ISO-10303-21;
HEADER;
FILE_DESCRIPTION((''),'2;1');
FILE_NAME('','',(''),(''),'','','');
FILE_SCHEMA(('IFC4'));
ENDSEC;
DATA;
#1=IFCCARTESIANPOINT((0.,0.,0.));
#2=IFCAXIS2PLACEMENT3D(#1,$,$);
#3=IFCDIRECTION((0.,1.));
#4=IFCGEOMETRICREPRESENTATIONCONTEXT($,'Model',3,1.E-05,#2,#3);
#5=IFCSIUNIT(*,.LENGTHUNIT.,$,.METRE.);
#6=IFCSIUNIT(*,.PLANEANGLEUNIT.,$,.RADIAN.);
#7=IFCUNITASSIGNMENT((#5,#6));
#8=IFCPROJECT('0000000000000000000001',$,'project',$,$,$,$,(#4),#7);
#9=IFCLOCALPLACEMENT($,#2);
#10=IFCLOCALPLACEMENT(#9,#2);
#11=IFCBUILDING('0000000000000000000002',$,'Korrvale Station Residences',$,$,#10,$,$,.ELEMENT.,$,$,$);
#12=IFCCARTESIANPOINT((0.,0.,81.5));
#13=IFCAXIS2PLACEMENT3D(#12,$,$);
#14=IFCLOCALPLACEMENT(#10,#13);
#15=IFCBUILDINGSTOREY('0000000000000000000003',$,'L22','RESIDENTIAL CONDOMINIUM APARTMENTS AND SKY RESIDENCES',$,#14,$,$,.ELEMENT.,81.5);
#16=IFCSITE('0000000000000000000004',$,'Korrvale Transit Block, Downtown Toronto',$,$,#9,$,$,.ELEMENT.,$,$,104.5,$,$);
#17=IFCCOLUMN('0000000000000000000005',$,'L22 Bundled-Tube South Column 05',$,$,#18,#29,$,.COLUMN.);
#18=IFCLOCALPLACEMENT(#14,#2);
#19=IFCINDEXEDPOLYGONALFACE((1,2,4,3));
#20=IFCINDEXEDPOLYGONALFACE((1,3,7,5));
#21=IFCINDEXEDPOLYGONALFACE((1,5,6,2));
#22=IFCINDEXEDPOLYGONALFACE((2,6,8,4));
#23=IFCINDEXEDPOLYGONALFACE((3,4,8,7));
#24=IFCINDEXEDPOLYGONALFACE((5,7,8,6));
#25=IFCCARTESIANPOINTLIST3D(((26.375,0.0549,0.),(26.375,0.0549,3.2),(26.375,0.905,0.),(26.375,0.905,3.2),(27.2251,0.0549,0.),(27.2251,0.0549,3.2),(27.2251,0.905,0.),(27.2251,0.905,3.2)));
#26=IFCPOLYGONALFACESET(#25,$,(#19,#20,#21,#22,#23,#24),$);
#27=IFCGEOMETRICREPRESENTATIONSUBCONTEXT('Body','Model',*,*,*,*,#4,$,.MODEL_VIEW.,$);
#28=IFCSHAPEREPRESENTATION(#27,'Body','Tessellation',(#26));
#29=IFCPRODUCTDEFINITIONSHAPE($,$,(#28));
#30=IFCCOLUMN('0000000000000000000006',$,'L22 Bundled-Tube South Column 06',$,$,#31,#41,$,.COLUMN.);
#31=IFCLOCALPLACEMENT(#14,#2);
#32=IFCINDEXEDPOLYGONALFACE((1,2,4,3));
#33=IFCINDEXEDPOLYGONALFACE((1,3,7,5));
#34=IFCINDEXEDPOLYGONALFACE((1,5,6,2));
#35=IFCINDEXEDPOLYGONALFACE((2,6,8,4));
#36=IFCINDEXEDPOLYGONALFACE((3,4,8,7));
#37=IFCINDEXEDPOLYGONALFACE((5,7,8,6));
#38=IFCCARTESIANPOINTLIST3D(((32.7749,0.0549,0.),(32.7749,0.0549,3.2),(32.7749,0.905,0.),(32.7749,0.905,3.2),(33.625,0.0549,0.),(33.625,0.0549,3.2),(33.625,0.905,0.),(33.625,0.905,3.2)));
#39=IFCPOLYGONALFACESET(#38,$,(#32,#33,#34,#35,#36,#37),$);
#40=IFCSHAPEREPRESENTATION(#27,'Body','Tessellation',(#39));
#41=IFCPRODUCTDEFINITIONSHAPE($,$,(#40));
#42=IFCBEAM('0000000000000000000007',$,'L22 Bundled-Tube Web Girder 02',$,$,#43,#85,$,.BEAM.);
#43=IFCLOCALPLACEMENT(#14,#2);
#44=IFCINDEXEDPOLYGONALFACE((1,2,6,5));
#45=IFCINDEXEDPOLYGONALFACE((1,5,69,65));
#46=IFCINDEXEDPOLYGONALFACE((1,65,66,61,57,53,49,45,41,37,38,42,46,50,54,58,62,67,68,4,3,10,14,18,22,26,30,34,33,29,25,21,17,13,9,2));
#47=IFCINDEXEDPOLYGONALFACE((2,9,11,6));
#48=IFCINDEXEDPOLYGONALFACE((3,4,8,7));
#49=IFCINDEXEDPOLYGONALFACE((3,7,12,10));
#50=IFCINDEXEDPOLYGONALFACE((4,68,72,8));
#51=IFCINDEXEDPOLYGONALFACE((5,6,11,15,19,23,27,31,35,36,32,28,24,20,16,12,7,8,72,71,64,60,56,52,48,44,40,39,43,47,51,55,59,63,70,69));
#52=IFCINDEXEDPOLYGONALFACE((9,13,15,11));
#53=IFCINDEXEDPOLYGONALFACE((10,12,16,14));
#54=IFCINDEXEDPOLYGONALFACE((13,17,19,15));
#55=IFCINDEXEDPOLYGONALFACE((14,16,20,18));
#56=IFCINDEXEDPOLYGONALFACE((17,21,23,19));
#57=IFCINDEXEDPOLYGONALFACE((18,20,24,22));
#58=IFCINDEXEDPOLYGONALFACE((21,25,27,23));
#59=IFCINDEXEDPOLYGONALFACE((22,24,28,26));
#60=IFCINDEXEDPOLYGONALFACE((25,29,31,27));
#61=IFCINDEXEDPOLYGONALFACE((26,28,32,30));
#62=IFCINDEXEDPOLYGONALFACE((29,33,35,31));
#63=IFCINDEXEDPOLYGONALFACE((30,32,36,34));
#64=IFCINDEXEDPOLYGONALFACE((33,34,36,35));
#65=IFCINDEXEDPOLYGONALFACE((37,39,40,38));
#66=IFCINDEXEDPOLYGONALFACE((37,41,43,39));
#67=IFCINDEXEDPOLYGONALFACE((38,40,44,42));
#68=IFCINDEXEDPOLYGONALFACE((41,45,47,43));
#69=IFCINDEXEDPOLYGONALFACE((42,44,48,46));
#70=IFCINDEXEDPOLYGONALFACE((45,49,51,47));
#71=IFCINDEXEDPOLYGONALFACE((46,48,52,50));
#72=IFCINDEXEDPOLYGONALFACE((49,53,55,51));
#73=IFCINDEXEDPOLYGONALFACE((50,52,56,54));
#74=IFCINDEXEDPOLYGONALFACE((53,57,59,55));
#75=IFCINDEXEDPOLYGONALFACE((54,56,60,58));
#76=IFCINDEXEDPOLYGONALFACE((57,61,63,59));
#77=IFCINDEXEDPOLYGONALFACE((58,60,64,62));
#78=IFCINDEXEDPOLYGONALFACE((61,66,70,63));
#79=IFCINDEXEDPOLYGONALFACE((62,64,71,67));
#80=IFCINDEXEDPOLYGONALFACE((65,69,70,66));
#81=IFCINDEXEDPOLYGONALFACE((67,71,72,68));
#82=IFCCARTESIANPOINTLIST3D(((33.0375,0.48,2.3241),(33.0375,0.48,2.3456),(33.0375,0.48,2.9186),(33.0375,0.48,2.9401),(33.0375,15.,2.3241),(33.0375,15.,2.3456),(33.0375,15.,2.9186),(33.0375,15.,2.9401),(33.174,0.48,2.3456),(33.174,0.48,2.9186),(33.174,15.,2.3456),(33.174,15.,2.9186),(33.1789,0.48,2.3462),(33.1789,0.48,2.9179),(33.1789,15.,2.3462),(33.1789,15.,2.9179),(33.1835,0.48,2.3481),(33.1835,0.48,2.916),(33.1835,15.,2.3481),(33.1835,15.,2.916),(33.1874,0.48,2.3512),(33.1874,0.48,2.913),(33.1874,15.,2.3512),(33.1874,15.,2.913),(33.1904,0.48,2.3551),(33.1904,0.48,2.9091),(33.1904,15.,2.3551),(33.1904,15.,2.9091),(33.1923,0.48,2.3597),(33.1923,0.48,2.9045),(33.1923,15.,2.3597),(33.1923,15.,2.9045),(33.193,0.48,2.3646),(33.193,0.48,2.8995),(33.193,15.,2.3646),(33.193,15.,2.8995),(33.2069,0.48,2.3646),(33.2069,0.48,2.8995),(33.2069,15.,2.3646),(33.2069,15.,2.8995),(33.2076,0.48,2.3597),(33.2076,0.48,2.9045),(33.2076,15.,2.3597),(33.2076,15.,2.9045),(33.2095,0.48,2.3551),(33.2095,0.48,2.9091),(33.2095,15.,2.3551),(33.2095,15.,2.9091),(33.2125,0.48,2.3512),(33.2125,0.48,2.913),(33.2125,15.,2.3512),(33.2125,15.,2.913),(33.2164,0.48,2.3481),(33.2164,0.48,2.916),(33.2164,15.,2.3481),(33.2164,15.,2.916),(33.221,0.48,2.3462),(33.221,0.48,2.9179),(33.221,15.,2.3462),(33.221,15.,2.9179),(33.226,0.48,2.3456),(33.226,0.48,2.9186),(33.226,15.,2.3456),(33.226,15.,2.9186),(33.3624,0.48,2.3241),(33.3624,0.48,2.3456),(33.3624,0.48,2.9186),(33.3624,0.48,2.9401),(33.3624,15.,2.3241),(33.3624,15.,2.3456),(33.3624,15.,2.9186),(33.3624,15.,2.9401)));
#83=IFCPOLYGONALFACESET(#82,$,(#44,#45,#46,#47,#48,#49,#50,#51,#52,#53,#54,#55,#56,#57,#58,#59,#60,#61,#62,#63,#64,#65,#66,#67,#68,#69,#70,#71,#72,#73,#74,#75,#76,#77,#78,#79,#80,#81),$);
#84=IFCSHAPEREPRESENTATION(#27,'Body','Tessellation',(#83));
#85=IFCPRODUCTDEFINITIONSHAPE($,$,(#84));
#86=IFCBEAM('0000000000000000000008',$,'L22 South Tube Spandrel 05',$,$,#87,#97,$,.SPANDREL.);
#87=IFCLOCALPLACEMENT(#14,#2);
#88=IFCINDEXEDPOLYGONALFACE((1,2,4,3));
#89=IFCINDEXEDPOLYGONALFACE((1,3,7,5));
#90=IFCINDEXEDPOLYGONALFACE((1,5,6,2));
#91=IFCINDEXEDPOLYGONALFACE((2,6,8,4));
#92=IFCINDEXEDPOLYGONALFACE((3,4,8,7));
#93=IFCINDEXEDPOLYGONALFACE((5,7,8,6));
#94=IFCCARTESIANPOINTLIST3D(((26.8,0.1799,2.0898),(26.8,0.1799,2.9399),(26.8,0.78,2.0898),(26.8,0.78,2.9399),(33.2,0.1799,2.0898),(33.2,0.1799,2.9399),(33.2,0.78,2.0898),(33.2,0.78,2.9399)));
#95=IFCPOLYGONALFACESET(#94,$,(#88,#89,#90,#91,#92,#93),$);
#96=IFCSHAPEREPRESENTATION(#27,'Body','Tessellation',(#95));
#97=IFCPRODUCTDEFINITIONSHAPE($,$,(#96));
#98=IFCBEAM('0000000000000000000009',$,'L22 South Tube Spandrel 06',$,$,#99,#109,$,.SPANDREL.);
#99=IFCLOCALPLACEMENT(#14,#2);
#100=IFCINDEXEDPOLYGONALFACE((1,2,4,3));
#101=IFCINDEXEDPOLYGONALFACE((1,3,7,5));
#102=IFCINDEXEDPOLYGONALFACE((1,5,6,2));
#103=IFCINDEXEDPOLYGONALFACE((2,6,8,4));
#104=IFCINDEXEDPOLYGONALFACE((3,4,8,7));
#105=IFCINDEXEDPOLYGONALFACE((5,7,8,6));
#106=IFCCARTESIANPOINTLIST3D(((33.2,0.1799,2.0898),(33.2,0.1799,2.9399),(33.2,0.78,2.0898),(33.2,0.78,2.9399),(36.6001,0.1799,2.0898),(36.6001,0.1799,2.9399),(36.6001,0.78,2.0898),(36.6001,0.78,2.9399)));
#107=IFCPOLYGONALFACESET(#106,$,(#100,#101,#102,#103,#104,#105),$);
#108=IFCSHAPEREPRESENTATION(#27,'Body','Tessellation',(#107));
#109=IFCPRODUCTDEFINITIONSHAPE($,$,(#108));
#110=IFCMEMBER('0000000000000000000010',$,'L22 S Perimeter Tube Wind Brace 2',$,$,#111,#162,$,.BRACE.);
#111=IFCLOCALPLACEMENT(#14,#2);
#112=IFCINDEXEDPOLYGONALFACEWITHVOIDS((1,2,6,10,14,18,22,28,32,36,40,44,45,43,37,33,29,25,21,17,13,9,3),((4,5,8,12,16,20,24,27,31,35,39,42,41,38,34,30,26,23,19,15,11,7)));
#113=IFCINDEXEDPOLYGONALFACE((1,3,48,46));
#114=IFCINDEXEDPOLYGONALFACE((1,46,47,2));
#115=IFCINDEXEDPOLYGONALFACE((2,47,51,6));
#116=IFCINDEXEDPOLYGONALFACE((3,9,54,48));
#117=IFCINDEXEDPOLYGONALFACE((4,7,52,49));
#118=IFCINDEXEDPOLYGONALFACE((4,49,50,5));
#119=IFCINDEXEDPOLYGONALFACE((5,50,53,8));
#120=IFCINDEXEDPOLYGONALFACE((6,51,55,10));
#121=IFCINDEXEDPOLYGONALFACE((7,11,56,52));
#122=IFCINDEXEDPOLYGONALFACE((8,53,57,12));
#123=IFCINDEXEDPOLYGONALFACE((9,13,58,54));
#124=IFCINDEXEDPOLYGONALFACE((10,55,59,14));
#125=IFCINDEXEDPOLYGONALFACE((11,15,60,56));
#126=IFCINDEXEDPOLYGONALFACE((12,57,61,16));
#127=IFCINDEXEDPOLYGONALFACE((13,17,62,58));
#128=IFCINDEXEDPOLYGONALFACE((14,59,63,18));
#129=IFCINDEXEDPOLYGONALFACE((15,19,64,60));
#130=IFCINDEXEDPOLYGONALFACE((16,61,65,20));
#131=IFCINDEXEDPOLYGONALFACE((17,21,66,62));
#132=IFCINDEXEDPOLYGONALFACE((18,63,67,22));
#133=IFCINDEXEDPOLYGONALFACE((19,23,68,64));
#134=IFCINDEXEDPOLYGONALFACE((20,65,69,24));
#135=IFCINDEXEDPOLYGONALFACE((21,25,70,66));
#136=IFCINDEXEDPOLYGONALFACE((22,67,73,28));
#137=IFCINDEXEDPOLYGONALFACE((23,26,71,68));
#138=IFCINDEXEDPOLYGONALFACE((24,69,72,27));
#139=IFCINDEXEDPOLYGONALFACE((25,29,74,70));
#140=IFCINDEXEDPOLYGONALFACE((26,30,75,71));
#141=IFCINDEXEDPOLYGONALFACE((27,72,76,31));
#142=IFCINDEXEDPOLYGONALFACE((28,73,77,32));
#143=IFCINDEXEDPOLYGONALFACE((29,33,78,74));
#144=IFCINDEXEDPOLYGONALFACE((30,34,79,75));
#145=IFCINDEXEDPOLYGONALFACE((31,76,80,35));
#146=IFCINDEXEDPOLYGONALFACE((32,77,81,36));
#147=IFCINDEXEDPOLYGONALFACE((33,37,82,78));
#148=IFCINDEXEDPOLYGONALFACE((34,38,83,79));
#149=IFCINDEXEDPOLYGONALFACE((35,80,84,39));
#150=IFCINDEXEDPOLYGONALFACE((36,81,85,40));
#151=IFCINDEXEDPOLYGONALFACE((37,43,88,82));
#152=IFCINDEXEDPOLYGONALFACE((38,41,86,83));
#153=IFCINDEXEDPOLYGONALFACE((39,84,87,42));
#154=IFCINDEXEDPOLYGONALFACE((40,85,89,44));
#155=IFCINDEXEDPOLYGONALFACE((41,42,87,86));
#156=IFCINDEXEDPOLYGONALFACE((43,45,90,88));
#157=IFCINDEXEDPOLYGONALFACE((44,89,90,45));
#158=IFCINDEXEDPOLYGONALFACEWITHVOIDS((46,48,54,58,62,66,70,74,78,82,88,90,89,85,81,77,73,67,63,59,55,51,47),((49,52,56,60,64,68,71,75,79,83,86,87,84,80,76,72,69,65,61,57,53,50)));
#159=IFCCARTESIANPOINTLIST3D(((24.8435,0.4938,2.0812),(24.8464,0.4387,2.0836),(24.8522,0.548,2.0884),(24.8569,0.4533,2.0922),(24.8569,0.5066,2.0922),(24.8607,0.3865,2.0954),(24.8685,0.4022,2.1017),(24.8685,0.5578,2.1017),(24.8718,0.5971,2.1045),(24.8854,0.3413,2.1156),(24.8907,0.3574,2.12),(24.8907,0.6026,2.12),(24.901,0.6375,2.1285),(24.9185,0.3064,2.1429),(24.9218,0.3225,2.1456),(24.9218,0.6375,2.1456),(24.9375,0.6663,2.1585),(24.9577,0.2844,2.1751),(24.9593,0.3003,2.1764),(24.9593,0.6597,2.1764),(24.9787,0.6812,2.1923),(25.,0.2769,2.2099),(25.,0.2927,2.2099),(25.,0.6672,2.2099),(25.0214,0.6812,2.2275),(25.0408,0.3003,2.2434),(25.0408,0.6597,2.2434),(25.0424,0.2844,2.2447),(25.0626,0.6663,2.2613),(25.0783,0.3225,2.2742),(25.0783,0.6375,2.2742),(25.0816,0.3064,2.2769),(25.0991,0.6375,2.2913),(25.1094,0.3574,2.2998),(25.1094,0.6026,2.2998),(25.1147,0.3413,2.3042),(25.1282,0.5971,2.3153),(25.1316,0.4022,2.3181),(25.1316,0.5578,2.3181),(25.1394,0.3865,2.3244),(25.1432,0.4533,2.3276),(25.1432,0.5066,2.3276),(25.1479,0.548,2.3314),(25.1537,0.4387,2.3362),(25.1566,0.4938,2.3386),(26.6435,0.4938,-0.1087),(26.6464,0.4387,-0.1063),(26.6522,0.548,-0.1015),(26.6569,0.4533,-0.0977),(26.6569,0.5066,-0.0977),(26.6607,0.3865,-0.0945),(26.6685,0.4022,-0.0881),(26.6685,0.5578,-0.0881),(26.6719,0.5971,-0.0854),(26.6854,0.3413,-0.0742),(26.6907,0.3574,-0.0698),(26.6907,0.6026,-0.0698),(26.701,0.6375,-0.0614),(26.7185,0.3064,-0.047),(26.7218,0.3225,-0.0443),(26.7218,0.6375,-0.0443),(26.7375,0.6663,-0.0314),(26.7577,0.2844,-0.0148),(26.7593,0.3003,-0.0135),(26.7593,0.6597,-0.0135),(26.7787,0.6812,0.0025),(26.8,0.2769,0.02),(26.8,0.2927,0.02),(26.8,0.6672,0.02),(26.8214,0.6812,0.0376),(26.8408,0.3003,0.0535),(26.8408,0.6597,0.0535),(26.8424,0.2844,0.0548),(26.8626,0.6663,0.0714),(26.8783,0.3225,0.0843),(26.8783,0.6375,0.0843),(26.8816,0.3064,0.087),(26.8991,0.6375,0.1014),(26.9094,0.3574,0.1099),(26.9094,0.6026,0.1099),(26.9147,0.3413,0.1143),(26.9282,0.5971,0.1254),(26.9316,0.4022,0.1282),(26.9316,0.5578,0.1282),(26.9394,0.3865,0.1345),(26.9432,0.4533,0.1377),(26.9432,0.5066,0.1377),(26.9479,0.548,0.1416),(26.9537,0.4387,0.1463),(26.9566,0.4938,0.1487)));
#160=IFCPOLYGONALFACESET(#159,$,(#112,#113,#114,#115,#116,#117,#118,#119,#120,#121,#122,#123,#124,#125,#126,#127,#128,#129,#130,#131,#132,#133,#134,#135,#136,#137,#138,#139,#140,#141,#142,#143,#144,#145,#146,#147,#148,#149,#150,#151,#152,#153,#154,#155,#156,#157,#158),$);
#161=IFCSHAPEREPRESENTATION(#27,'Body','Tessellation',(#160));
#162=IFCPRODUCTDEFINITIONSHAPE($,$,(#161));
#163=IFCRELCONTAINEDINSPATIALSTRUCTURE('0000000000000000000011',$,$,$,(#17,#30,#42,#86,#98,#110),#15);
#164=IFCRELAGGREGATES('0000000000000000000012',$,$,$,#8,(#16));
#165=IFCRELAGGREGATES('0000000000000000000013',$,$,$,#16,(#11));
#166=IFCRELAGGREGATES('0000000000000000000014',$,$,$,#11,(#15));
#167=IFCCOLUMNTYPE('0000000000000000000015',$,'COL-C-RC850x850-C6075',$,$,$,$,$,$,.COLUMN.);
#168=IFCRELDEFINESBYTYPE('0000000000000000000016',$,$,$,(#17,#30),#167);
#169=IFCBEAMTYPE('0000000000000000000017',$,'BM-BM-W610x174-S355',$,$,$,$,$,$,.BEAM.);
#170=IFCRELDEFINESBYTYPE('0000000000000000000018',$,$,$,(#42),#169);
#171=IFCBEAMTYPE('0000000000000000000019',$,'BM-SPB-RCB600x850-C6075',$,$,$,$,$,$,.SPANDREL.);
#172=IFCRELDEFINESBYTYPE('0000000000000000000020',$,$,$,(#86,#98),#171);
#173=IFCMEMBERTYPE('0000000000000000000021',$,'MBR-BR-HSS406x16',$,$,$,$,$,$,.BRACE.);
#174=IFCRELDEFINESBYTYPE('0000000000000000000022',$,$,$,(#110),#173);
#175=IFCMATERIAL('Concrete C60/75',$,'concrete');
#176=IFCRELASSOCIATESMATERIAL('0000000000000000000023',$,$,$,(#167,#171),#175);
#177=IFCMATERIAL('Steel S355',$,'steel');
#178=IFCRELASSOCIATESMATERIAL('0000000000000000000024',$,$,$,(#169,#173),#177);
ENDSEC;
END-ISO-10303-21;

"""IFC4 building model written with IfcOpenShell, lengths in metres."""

from ifc_helpers import new_model, si_unit, direction, frame, origin, origin_2d, place, context, subcontext, project, spatial, rectangle, hollow_circle, i_section, extrude, material, material_profile, profile_set, type_object, element, save


model = new_model("IFC4")

# Units and contexts
model_context = context("Model", 3, precision=1e-05, world=origin(), true_north=direction((0.0, 1.0)))
body_context = subcontext(model_context, "Body", "Model", "MODEL_VIEW")
ifc_project = project(units=[si_unit("LENGTHUNIT", "METRE"), si_unit("PLANEANGLEUNIT", "RADIAN")], contexts=[model_context])

# Site, building, storey
site_placement = place(None, origin())
site = spatial("IfcSite", under=ifc_project, at=site_placement, Name="Korrvale Transit Block, Downtown Toronto", CompositionType="ELEMENT", RefElevation=104.5)
building_placement = place(site_placement, origin())
building = spatial("IfcBuilding", under=site, at=building_placement, Name="Korrvale Station Residences", CompositionType="ELEMENT")
storey_placement = place(building_placement, frame((0.0, 0.0, 81.5)))
storey = spatial("IfcBuildingStorey", under=building, at=storey_placement, Name="L22", Description="RESIDENTIAL CONDOMINIUM APARTMENTS AND SKY RESIDENCES", CompositionType="ELEMENT", Elevation=81.5)

# Columns
ifc_material_1 = material(Name="Concrete C60/75", Category="concrete")
ifc_material_profile_1 = material_profile(ifc_material_1, rectangle(XDim=0.8501, YDim=0.8501, at=origin_2d()), Name="RC850x850")
ifc_profile_set_1 = profile_set([ifc_material_profile_1], Name="Concrete C60/75")
column_type = type_object("IfcColumnType", Name="COL-C-RC850x850-C6075", PredefinedType="COLUMN", material=ifc_profile_set_1)
for number, where, z_axis, x_axis, name in (
    (1, (26.8, 0.48, 0.0), (0.0, 0.0, 1.0), (1.0, 0.0, 0.0), "L22 Bundled-Tube South Column 05"),
    (2, (33.2, 0.48, 0.0), (0.0, 0.0, 1.0), (1.0, 0.0, 0.0), "L22 Bundled-Tube South Column 06"),
):
    element("IfcColumn", number, at=place(storey_placement, frame(where, z_axis=z_axis, x_axis=x_axis)), inside=storey, type_object=column_type, Name=name, PredefinedType="COLUMN", context=body_context, shape_type="SweptSolid", body=[
        extrude(rectangle(XDim=0.8501, YDim=0.8501, at=origin_2d()), origin(), (0.0, 0.0, 1.0), 3.2),
    ])

# Beams
ifc_material_2 = material(Name="Steel S355", Category="steel")
ifc_material_profile_2 = material_profile(ifc_material_2, i_section(OverallWidth=0.325, OverallDepth=0.616, WebThickness=0.0139, FlangeThickness=0.0215, FilletRadius=0.019, at=origin_2d()), Name="W610x174")
ifc_profile_set_2 = profile_set([ifc_material_profile_2], Name="Steel S355")
beam_type_1 = type_object("IfcBeamType", Name="BM-BM-W610x174-S355", PredefinedType="BEAM", material=ifc_profile_set_2)
beam_1_placement = place(storey_placement, frame((33.2, 0.48, 2.6321), z_axis=(0.0, 1.0, 0.0), x_axis=(-1.0, 0.0, 0.0)))
element("IfcBeam", 3, at=beam_1_placement, inside=storey, type_object=beam_type_1, Name="L22 Bundled-Tube Web Girder 02", PredefinedType="BEAM", context=body_context, shape_type="SweptSolid", body=[
    extrude(i_section(OverallWidth=0.325, OverallDepth=0.616, WebThickness=0.0139, FlangeThickness=0.0215, FilletRadius=0.019, at=origin_2d()), origin(), (0.0, 0.0, 1.0), 14.52),
])
ifc_material_profile_3 = material_profile(ifc_material_1, rectangle(XDim=0.6001, YDim=0.8501, at=origin_2d()), Name="RCB600x850")
ifc_profile_set_3 = profile_set([ifc_material_profile_3], Name="Concrete C60/75")
beam_type_2 = type_object("IfcBeamType", Name="BM-SPB-RCB600x850-C6075", PredefinedType="SPANDREL", material=ifc_profile_set_3)
beam_2_placement = place(storey_placement, frame((26.8, 0.48, 2.5149), z_axis=(1.0, 0.0, 0.0), x_axis=(0.0, 1.0, 0.0)))
element("IfcBeam", 4, at=beam_2_placement, inside=storey, type_object=beam_type_2, Name="L22 South Tube Spandrel 05", PredefinedType="SPANDREL", context=body_context, shape_type="SweptSolid", body=[
    extrude(rectangle(XDim=0.6001, YDim=0.8501, at=origin_2d()), origin(), (0.0, 0.0, 1.0), 6.3999),
])
beam_3_placement = place(storey_placement, frame((33.2, 0.48, 2.5149), z_axis=(1.0, 0.0, 0.0), x_axis=(0.0, 1.0, 0.0)))
element("IfcBeam", 5, at=beam_3_placement, inside=storey, type_object=beam_type_2, Name="L22 South Tube Spandrel 06", PredefinedType="SPANDREL", context=body_context, shape_type="SweptSolid", body=[
    extrude(rectangle(XDim=0.6001, YDim=0.8501, at=origin_2d()), origin(), (0.0, 0.0, 1.0), 3.4001),
])

# Member
ifc_material_profile_4 = material_profile(ifc_material_2, hollow_circle(Radius=0.2031, WallThickness=0.0159, at=origin_2d()), Name="HSS406x16")
ifc_profile_set_4 = profile_set([ifc_material_profile_4], Name="Steel S355")
member_type = type_object("IfcMemberType", Name="MBR-BR-HSS406x16", PredefinedType="BRACE", material=ifc_profile_set_4)
member_placement = place(storey_placement, frame((26.8, 0.48, 0.02), z_axis=(-0.634985, 0.0, 0.772524), x_axis=(0.0, -1.0, 0.0)))
element("IfcMember", 6, at=member_placement, inside=storey, type_object=member_type, Name="L22 S Perimeter Tube Wind Brace 2", PredefinedType="BRACE", context=body_context, shape_type="SweptSolid", body=[
    extrude(hollow_circle(Radius=0.2031, WallThickness=0.0159, at=origin_2d()), origin(), (0.0, 0.0, 1.0), 2.8347),
])

save(model, "model.ifc")
